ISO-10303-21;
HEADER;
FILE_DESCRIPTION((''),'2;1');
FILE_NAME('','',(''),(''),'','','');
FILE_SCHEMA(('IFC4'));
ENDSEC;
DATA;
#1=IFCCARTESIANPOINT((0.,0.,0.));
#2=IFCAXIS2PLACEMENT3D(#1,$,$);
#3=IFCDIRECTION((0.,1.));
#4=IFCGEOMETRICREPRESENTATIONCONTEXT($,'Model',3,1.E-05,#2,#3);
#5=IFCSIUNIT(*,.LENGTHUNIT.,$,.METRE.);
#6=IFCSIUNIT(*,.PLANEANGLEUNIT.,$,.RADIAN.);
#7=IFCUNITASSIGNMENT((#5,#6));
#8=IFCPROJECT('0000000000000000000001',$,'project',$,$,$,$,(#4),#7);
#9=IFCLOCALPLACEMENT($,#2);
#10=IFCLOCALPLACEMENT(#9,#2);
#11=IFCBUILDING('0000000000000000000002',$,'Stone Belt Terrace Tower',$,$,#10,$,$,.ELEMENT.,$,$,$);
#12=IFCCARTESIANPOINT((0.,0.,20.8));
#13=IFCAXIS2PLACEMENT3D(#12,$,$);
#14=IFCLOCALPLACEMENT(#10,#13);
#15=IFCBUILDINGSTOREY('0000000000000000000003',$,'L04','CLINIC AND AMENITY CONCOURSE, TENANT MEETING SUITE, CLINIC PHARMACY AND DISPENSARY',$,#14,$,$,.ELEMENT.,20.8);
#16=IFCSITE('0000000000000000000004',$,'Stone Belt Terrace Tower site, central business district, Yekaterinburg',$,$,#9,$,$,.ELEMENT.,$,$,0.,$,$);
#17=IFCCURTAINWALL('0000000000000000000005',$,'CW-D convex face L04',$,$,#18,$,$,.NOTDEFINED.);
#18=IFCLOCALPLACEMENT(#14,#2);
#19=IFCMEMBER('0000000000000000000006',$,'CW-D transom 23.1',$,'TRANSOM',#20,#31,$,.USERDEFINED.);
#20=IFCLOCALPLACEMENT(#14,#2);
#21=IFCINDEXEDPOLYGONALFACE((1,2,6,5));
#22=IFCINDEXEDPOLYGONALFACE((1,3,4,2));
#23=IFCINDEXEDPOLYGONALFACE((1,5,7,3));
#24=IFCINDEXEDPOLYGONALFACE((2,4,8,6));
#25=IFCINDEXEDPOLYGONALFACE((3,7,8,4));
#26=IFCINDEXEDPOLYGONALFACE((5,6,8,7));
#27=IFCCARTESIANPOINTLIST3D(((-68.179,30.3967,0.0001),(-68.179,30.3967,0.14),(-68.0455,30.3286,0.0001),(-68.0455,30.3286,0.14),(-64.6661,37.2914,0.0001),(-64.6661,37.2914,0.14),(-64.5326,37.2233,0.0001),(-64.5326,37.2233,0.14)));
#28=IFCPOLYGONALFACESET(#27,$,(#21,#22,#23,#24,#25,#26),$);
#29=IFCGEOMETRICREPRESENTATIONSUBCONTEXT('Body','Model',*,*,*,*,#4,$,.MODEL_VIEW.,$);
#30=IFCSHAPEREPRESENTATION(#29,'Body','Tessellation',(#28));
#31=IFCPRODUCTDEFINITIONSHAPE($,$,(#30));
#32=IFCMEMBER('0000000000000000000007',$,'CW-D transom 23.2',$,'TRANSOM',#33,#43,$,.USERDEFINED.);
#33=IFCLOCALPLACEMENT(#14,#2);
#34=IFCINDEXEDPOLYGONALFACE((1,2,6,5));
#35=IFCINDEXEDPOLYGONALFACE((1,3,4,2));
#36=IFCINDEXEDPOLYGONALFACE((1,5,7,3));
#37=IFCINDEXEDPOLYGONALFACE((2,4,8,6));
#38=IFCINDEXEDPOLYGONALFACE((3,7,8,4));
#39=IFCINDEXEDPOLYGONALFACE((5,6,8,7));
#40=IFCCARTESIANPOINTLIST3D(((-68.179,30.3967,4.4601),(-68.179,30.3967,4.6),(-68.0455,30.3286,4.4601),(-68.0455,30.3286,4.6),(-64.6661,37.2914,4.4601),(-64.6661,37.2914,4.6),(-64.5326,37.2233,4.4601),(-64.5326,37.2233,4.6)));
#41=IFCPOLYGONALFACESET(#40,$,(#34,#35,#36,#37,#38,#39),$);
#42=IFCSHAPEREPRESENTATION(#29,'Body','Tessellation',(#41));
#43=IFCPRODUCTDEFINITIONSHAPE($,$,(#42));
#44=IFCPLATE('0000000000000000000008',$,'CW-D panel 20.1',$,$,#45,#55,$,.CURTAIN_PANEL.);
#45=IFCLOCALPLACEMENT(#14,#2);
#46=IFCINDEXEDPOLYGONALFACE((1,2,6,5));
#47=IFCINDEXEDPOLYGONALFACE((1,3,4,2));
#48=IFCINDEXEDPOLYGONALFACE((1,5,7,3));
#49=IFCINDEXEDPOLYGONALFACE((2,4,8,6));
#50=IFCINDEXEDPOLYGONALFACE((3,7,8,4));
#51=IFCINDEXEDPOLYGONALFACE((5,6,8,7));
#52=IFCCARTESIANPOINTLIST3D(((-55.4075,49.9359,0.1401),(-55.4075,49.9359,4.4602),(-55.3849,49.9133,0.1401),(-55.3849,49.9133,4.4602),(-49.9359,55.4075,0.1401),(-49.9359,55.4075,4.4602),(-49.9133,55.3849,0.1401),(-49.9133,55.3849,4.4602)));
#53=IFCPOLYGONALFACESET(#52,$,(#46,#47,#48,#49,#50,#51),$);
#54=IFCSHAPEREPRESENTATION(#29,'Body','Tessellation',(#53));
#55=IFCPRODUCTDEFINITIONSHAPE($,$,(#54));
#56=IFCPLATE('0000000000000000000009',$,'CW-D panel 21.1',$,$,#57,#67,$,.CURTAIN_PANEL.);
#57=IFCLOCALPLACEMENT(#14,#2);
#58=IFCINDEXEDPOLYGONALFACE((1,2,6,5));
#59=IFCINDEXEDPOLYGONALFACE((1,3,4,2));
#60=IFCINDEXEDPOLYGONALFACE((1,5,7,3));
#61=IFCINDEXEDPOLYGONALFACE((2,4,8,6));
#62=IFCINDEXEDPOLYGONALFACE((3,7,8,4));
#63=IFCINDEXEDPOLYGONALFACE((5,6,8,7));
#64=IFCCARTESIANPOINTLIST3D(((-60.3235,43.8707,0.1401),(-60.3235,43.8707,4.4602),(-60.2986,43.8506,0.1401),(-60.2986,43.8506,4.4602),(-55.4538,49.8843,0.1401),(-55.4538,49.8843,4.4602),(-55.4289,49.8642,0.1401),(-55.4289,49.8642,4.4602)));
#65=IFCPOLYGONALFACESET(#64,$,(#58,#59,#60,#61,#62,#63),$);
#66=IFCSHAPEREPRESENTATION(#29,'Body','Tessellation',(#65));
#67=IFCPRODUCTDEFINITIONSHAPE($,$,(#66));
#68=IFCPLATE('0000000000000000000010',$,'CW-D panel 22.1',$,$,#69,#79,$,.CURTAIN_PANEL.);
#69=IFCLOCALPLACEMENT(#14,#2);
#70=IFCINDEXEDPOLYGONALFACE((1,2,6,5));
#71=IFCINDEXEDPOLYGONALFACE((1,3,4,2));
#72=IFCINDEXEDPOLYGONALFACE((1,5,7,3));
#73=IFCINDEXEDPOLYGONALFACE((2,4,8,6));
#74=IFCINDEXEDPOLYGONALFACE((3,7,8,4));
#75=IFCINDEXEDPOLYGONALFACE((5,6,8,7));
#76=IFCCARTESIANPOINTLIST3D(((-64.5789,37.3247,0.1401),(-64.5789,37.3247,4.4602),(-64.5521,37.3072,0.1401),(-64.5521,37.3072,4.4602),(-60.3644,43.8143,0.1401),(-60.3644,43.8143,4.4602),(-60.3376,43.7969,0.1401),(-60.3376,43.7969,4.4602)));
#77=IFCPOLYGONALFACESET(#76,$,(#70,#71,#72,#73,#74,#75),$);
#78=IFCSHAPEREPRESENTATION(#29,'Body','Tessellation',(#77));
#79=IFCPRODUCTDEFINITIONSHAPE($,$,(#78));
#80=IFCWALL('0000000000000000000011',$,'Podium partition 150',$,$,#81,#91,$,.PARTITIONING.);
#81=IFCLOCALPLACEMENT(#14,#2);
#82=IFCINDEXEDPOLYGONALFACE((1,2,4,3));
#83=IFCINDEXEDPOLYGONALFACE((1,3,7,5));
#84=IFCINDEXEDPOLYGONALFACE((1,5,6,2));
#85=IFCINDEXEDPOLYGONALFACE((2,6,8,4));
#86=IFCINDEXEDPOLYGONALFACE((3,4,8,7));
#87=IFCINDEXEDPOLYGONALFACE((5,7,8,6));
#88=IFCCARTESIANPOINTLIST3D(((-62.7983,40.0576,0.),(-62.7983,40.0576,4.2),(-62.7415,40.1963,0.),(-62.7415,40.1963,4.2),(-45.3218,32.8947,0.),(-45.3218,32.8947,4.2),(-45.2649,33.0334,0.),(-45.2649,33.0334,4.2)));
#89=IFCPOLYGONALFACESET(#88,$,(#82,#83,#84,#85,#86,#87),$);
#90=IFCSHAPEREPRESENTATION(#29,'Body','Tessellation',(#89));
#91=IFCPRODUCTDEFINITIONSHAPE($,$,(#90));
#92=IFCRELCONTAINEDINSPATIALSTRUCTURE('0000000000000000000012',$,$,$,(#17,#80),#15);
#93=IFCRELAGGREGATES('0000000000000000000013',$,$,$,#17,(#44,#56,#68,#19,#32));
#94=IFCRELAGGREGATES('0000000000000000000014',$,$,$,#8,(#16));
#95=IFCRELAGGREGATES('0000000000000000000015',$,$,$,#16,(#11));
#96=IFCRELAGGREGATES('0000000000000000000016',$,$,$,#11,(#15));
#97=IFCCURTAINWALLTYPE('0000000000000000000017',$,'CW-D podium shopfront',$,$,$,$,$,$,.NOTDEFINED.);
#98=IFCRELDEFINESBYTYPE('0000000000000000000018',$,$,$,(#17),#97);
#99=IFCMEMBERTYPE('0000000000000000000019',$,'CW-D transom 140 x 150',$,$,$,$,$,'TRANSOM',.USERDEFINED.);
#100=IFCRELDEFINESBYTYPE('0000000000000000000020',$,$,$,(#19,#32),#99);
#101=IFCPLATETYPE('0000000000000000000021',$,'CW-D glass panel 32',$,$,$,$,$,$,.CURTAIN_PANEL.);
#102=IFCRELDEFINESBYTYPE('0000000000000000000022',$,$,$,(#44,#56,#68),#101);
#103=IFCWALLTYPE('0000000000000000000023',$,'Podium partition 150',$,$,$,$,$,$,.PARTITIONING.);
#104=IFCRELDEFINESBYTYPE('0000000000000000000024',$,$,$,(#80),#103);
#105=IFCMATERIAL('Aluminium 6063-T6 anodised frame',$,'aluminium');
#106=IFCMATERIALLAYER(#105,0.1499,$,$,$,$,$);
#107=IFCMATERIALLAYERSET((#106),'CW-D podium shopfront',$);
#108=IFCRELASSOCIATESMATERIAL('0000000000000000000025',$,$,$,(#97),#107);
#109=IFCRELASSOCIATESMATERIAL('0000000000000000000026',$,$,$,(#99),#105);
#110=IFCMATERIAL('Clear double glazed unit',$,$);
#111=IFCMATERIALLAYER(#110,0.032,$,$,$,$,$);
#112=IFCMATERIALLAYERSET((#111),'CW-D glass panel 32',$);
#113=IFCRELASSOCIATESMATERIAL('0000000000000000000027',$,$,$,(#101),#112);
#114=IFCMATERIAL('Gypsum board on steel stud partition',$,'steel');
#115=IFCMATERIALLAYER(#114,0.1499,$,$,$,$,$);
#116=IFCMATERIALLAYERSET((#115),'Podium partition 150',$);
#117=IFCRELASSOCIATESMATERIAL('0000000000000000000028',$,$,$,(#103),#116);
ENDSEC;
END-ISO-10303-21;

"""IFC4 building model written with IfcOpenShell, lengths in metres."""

from ifc_helpers import new_model, si_unit, direction, frame, frame_2d, origin, origin_2d, place, context, subcontext, project, spatial, rectangle, extrude, material, layer, layer_set, material_profile, profile_set, type_object, element, aggregate, save


model = new_model("IFC4")

# Units and contexts
model_context = context("Model", 3, precision=1e-05, world=origin(), true_north=direction((0.0, 1.0)))
body_context = subcontext(model_context, "Body", "Model", "MODEL_VIEW")
ifc_project = project(units=[si_unit("LENGTHUNIT", "METRE"), si_unit("PLANEANGLEUNIT", "RADIAN")], contexts=[model_context])

# Site, building, storey
site_placement = place(None, origin())
site = spatial("IfcSite", under=ifc_project, at=site_placement, Name="Stone Belt Terrace Tower site, central business district, Yekaterinburg", CompositionType="ELEMENT", RefElevation=0.0)
building_placement = place(site_placement, origin())
building = spatial("IfcBuilding", under=site, at=building_placement, Name="Stone Belt Terrace Tower", CompositionType="ELEMENT")
storey_placement = place(building_placement, frame((0.0, 0.0, 20.8)))
storey = spatial("IfcBuildingStorey", under=building, at=storey_placement, Name="L04", Description="CLINIC AND AMENITY CONCOURSE, TENANT MEETING SUITE, CLINIC PHARMACY AND DISPENSARY", CompositionType="ELEMENT", Elevation=20.8)

# Curtain wall, members, plates
ifc_material_1 = material(Name="Aluminium 6063-T6 anodised frame", Category="aluminium")
ifc_layer_1 = layer(ifc_material_1, 0.1499)
ifc_layer_set_1 = layer_set([ifc_layer_1], Name="CW-D podium shopfront")
curtain_wall_type = type_object("IfcCurtainWallType", Name="CW-D podium shopfront", PredefinedType="NOTDEFINED", material=ifc_layer_set_1)
curtain_wall_placement = place(storey_placement, origin())
curtain_wall = element("IfcCurtainWall", 1, at=curtain_wall_placement, inside=storey, type_object=curtain_wall_type, Name="CW-D convex face L04", PredefinedType="NOTDEFINED")
ifc_material_profile_1 = material_profile(ifc_material_1, rectangle(XDim=0.1499, YDim=0.1399, at=origin_2d()), Name="Aluminium 6063-T6 150x140")
ifc_profile_set_1 = profile_set([ifc_material_profile_1], Name="Aluminium 6063-T6 anodised frame")
member_type_1 = type_object("IfcMemberType", Name="CW-D transom 140 x 150", ElementType="TRANSOM", PredefinedType="USERDEFINED", material=ifc_profile_set_1)
member_1_placement = place(storey_placement, frame((-64.5994, 37.2573, 0.0701), z_axis=(-0.453978, -0.891013, 0.0), x_axis=(0.891013, -0.453978, 0.0)))
member_1 = element("IfcMember", 2, at=member_1_placement, type_object=member_type_1, Name="CW-D transom 23.1", ObjectType="TRANSOM", PredefinedType="USERDEFINED", context=body_context, shape_type="SweptSolid", body=[
    extrude(rectangle(XDim=0.1499, YDim=0.1399, at=origin_2d()), origin(), (0.0, 0.0, 1.0), 7.738),
])
member_2_placement = place(storey_placement, frame((-64.5994, 37.2573, 4.53), z_axis=(-0.453978, -0.891013, 0.0), x_axis=(0.891013, -0.453978, 0.0)))
member_2 = element("IfcMember", 3, at=member_2_placement, type_object=member_type_1, Name="CW-D transom 23.2", ObjectType="TRANSOM", PredefinedType="USERDEFINED", context=body_context, shape_type="SweptSolid", body=[
    extrude(rectangle(XDim=0.1499, YDim=0.1399, at=origin_2d()), origin(), (0.0, 0.0, 1.0), 7.738),
])
ifc_material_2 = material(Name="Clear double glazed unit")
ifc_layer_2 = layer(ifc_material_2, 0.032)
ifc_layer_set_2 = layer_set([ifc_layer_2], Name="CW-D glass panel 32")
plate_type = type_object("IfcPlateType", Name="CW-D glass panel 32", PredefinedType="CURTAIN_PANEL", material=ifc_layer_set_2)
plate_1_placement = place(storey_placement, frame((-52.6604, 52.6604, 0.1401), z_axis=(0.0, 0.0, 1.0), x_axis=(-0.707107, -0.707107, 0.0)))
plate_1 = element("IfcPlate", 4, at=plate_1_placement, type_object=plate_type, Name="CW-D panel 20.1", PredefinedType="CURTAIN_PANEL", context=body_context, shape_type="SweptSolid", body=[
    extrude(rectangle(XDim=7.738, YDim=0.032, at=origin_2d()), origin(), (0.0, 0.0, 1.0), 4.3201),
])
plate_2_placement = place(storey_placement, frame((-57.8762, 46.8674, 0.1401), z_axis=(0.0, 0.0, 1.0), x_axis=(-0.62932, -0.777146, 0.0)))
plate_2 = element("IfcPlate", 5, at=plate_2_placement, type_object=plate_type, Name="CW-D panel 21.1", PredefinedType="CURTAIN_PANEL", context=body_context, shape_type="SweptSolid", body=[
    extrude(rectangle(XDim=7.738, YDim=0.032, at=origin_2d()), origin(), (0.0, 0.0, 1.0), 4.3201),
])
plate_3_placement = place(storey_placement, frame((-62.4583, 40.5608, 0.1401), z_axis=(0.0, 0.0, 1.0), x_axis=(-0.544639, -0.838671, 0.0)))
plate_3 = element("IfcPlate", 6, at=plate_3_placement, type_object=plate_type, Name="CW-D panel 22.1", PredefinedType="CURTAIN_PANEL", context=body_context, shape_type="SweptSolid", body=[
    extrude(rectangle(XDim=7.738, YDim=0.032, at=origin_2d()), origin(), (0.0, 0.0, 1.0), 4.3201),
])
aggregate(curtain_wall, [plate_1, plate_2, plate_3, member_1, member_2])

# Wall
ifc_material_3 = material(Name="Gypsum board on steel stud partition", Category="steel")
ifc_layer_3 = layer(ifc_material_3, 0.1499)
ifc_layer_set_3 = layer_set([ifc_layer_3], Name="Podium partition 150")
wall_type = type_object("IfcWallType", Name="Podium partition 150", PredefinedType="PARTITIONING", material=ifc_layer_set_3)
wall_placement = place(storey_placement, frame((-62.77, 40.127, 0.0), z_axis=(0.0, 0.0, 1.0), x_axis=(0.925299, -0.379238, 0.0)))
element("IfcWall", 7, at=wall_placement, inside=storey, type_object=wall_type, Name="Podium partition 150", PredefinedType="PARTITIONING", context=body_context, shape_type="SweptSolid", body=[
    extrude(rectangle(XDim=18.8875, YDim=0.1499, at=frame_2d((9.4438, 0.0))), origin(), (0.0, 0.0, 1.0), 4.2),
])

save(model, "model.ifc")
